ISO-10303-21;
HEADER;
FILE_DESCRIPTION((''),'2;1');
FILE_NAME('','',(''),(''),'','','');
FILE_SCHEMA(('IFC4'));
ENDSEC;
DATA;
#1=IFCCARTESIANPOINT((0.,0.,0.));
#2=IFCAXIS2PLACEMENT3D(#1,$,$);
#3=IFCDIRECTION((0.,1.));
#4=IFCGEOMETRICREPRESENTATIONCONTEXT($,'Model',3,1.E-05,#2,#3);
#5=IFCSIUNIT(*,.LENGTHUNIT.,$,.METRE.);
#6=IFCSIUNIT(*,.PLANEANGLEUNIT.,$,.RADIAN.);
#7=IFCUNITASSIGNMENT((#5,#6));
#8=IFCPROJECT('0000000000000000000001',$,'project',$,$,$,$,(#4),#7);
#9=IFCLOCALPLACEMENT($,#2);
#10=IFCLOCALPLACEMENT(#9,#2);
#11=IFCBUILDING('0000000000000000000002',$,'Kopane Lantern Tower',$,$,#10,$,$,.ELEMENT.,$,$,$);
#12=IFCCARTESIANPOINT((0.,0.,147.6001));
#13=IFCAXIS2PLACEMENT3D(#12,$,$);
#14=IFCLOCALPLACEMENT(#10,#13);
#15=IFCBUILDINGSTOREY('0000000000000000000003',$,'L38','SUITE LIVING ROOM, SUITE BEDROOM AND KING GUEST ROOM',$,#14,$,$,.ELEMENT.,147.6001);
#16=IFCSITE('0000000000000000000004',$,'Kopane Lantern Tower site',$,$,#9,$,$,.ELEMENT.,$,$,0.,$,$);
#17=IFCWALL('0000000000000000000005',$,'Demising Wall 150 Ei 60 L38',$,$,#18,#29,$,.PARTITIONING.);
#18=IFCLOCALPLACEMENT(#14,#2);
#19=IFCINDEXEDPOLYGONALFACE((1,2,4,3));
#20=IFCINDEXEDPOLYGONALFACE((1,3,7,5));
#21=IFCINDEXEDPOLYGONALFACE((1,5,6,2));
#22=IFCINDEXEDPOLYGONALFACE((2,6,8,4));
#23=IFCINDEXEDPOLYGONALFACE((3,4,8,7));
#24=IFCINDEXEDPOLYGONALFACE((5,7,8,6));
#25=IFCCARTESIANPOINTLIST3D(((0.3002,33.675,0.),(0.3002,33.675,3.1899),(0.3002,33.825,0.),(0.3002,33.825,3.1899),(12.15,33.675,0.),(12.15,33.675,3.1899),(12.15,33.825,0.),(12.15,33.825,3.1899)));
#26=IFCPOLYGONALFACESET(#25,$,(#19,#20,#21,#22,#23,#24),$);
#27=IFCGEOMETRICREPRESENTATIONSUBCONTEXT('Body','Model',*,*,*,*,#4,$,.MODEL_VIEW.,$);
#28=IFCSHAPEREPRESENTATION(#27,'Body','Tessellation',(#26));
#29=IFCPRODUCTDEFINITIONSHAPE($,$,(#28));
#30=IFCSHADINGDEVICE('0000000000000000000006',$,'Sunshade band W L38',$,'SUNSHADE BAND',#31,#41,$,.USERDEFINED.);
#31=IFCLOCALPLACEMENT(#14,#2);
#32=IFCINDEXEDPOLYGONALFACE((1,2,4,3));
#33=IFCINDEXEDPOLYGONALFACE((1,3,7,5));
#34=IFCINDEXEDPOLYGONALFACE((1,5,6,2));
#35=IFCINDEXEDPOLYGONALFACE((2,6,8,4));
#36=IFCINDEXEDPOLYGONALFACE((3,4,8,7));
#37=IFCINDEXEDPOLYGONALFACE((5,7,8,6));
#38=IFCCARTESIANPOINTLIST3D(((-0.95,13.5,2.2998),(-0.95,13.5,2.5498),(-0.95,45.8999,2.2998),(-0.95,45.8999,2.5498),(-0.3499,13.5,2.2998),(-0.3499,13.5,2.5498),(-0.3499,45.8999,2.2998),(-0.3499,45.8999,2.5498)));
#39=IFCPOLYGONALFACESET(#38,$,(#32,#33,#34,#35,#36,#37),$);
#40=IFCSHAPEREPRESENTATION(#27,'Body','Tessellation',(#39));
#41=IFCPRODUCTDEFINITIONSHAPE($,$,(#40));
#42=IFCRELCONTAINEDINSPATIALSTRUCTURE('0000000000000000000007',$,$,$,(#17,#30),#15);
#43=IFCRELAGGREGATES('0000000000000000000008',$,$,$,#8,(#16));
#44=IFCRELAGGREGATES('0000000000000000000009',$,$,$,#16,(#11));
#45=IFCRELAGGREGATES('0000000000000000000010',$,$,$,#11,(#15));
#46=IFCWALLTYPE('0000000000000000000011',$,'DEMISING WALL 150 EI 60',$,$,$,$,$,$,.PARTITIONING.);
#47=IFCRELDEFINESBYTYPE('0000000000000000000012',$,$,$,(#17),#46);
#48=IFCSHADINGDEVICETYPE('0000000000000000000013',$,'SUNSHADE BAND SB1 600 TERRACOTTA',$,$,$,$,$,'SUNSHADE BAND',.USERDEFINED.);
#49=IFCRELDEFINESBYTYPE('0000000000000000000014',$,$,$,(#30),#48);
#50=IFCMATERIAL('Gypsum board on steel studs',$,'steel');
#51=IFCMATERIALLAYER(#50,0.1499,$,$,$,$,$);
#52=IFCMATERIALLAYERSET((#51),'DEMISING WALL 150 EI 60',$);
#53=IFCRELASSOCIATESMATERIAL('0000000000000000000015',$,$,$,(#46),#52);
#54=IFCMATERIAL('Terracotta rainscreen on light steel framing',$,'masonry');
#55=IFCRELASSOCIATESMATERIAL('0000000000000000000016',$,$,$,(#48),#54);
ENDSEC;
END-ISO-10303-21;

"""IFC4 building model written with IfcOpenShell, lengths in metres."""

from ifc_helpers import new_model, si_unit, direction, frame, frame_2d, origin, origin_2d, place, context, subcontext, project, spatial, rectangle, extrude, material, layer, layer_set, type_object, element, save


model = new_model("IFC4")

# Units and contexts
model_context = context("Model", 3, precision=1e-05, world=origin(), true_north=direction((0.0, 1.0)))
body_context = subcontext(model_context, "Body", "Model", "MODEL_VIEW")
ifc_project = project(units=[si_unit("LENGTHUNIT", "METRE"), si_unit("PLANEANGLEUNIT", "RADIAN")], contexts=[model_context])

# Site, building, storey
site_placement = place(None, origin())
site = spatial("IfcSite", under=ifc_project, at=site_placement, Name="Kopane Lantern Tower site", CompositionType="ELEMENT", RefElevation=0.0)
building_placement = place(site_placement, origin())
building = spatial("IfcBuilding", under=site, at=building_placement, Name="Kopane Lantern Tower", CompositionType="ELEMENT")
storey_placement = place(building_placement, frame((0.0, 0.0, 147.6001)))
storey = spatial("IfcBuildingStorey", under=building, at=storey_placement, Name="L38", Description="SUITE LIVING ROOM, SUITE BEDROOM AND KING GUEST ROOM", CompositionType="ELEMENT", Elevation=147.6001)

# Wall
ifc_material_1 = material(Name="Gypsum board on steel studs", Category="steel")
ifc_layer_1 = layer(ifc_material_1, 0.1499)
ifc_layer_set_1 = layer_set([ifc_layer_1], Name="DEMISING WALL 150 EI 60")
wall_type_1 = type_object("IfcWallType", Name="DEMISING WALL 150 EI 60", PredefinedType="PARTITIONING", material=ifc_layer_set_1)
wall_1_placement = place(storey_placement, frame((12.1499, 33.75, 0.0), z_axis=(0.0, 0.0, 1.0), x_axis=(-1.0, 0.0, 0.0)))
element("IfcWall", 1, at=wall_1_placement, inside=storey, type_object=wall_type_1, Name="Demising Wall 150 Ei 60 L38", PredefinedType="PARTITIONING", context=body_context, shape_type="SweptSolid", body=[
    extrude(rectangle(XDim=11.8499, YDim=0.1499, at=frame_2d((5.9248, 0.0))), origin(), (0.0, 0.0, 1.0), 3.1899),
])

# Shading device
ifc_material_2 = material(Name="Terracotta rainscreen on light steel framing", Category="masonry")
shading_device_type = type_object("IfcShadingDeviceType", Name="SUNSHADE BAND SB1 600 TERRACOTTA", ElementType="SUNSHADE BAND", PredefinedType="USERDEFINED", material=ifc_material_2)
shading_device_placement = place(storey_placement, frame((-0.6499, 29.7, 2.2998), z_axis=(0.0, 0.0, 1.0), x_axis=(0.0, -1.0, 0.0)))
element("IfcShadingDevice", 2, at=shading_device_placement, inside=storey, type_object=shading_device_type, Name="Sunshade band W L38", ObjectType="SUNSHADE BAND", PredefinedType="USERDEFINED", context=body_context, shape_type="SweptSolid", body=[
    extrude(rectangle(XDim=32.3999, YDim=0.6001, at=origin_2d()), origin(), (0.0, 0.0, 1.0), 0.25),
])

save(model, "model.ifc")
